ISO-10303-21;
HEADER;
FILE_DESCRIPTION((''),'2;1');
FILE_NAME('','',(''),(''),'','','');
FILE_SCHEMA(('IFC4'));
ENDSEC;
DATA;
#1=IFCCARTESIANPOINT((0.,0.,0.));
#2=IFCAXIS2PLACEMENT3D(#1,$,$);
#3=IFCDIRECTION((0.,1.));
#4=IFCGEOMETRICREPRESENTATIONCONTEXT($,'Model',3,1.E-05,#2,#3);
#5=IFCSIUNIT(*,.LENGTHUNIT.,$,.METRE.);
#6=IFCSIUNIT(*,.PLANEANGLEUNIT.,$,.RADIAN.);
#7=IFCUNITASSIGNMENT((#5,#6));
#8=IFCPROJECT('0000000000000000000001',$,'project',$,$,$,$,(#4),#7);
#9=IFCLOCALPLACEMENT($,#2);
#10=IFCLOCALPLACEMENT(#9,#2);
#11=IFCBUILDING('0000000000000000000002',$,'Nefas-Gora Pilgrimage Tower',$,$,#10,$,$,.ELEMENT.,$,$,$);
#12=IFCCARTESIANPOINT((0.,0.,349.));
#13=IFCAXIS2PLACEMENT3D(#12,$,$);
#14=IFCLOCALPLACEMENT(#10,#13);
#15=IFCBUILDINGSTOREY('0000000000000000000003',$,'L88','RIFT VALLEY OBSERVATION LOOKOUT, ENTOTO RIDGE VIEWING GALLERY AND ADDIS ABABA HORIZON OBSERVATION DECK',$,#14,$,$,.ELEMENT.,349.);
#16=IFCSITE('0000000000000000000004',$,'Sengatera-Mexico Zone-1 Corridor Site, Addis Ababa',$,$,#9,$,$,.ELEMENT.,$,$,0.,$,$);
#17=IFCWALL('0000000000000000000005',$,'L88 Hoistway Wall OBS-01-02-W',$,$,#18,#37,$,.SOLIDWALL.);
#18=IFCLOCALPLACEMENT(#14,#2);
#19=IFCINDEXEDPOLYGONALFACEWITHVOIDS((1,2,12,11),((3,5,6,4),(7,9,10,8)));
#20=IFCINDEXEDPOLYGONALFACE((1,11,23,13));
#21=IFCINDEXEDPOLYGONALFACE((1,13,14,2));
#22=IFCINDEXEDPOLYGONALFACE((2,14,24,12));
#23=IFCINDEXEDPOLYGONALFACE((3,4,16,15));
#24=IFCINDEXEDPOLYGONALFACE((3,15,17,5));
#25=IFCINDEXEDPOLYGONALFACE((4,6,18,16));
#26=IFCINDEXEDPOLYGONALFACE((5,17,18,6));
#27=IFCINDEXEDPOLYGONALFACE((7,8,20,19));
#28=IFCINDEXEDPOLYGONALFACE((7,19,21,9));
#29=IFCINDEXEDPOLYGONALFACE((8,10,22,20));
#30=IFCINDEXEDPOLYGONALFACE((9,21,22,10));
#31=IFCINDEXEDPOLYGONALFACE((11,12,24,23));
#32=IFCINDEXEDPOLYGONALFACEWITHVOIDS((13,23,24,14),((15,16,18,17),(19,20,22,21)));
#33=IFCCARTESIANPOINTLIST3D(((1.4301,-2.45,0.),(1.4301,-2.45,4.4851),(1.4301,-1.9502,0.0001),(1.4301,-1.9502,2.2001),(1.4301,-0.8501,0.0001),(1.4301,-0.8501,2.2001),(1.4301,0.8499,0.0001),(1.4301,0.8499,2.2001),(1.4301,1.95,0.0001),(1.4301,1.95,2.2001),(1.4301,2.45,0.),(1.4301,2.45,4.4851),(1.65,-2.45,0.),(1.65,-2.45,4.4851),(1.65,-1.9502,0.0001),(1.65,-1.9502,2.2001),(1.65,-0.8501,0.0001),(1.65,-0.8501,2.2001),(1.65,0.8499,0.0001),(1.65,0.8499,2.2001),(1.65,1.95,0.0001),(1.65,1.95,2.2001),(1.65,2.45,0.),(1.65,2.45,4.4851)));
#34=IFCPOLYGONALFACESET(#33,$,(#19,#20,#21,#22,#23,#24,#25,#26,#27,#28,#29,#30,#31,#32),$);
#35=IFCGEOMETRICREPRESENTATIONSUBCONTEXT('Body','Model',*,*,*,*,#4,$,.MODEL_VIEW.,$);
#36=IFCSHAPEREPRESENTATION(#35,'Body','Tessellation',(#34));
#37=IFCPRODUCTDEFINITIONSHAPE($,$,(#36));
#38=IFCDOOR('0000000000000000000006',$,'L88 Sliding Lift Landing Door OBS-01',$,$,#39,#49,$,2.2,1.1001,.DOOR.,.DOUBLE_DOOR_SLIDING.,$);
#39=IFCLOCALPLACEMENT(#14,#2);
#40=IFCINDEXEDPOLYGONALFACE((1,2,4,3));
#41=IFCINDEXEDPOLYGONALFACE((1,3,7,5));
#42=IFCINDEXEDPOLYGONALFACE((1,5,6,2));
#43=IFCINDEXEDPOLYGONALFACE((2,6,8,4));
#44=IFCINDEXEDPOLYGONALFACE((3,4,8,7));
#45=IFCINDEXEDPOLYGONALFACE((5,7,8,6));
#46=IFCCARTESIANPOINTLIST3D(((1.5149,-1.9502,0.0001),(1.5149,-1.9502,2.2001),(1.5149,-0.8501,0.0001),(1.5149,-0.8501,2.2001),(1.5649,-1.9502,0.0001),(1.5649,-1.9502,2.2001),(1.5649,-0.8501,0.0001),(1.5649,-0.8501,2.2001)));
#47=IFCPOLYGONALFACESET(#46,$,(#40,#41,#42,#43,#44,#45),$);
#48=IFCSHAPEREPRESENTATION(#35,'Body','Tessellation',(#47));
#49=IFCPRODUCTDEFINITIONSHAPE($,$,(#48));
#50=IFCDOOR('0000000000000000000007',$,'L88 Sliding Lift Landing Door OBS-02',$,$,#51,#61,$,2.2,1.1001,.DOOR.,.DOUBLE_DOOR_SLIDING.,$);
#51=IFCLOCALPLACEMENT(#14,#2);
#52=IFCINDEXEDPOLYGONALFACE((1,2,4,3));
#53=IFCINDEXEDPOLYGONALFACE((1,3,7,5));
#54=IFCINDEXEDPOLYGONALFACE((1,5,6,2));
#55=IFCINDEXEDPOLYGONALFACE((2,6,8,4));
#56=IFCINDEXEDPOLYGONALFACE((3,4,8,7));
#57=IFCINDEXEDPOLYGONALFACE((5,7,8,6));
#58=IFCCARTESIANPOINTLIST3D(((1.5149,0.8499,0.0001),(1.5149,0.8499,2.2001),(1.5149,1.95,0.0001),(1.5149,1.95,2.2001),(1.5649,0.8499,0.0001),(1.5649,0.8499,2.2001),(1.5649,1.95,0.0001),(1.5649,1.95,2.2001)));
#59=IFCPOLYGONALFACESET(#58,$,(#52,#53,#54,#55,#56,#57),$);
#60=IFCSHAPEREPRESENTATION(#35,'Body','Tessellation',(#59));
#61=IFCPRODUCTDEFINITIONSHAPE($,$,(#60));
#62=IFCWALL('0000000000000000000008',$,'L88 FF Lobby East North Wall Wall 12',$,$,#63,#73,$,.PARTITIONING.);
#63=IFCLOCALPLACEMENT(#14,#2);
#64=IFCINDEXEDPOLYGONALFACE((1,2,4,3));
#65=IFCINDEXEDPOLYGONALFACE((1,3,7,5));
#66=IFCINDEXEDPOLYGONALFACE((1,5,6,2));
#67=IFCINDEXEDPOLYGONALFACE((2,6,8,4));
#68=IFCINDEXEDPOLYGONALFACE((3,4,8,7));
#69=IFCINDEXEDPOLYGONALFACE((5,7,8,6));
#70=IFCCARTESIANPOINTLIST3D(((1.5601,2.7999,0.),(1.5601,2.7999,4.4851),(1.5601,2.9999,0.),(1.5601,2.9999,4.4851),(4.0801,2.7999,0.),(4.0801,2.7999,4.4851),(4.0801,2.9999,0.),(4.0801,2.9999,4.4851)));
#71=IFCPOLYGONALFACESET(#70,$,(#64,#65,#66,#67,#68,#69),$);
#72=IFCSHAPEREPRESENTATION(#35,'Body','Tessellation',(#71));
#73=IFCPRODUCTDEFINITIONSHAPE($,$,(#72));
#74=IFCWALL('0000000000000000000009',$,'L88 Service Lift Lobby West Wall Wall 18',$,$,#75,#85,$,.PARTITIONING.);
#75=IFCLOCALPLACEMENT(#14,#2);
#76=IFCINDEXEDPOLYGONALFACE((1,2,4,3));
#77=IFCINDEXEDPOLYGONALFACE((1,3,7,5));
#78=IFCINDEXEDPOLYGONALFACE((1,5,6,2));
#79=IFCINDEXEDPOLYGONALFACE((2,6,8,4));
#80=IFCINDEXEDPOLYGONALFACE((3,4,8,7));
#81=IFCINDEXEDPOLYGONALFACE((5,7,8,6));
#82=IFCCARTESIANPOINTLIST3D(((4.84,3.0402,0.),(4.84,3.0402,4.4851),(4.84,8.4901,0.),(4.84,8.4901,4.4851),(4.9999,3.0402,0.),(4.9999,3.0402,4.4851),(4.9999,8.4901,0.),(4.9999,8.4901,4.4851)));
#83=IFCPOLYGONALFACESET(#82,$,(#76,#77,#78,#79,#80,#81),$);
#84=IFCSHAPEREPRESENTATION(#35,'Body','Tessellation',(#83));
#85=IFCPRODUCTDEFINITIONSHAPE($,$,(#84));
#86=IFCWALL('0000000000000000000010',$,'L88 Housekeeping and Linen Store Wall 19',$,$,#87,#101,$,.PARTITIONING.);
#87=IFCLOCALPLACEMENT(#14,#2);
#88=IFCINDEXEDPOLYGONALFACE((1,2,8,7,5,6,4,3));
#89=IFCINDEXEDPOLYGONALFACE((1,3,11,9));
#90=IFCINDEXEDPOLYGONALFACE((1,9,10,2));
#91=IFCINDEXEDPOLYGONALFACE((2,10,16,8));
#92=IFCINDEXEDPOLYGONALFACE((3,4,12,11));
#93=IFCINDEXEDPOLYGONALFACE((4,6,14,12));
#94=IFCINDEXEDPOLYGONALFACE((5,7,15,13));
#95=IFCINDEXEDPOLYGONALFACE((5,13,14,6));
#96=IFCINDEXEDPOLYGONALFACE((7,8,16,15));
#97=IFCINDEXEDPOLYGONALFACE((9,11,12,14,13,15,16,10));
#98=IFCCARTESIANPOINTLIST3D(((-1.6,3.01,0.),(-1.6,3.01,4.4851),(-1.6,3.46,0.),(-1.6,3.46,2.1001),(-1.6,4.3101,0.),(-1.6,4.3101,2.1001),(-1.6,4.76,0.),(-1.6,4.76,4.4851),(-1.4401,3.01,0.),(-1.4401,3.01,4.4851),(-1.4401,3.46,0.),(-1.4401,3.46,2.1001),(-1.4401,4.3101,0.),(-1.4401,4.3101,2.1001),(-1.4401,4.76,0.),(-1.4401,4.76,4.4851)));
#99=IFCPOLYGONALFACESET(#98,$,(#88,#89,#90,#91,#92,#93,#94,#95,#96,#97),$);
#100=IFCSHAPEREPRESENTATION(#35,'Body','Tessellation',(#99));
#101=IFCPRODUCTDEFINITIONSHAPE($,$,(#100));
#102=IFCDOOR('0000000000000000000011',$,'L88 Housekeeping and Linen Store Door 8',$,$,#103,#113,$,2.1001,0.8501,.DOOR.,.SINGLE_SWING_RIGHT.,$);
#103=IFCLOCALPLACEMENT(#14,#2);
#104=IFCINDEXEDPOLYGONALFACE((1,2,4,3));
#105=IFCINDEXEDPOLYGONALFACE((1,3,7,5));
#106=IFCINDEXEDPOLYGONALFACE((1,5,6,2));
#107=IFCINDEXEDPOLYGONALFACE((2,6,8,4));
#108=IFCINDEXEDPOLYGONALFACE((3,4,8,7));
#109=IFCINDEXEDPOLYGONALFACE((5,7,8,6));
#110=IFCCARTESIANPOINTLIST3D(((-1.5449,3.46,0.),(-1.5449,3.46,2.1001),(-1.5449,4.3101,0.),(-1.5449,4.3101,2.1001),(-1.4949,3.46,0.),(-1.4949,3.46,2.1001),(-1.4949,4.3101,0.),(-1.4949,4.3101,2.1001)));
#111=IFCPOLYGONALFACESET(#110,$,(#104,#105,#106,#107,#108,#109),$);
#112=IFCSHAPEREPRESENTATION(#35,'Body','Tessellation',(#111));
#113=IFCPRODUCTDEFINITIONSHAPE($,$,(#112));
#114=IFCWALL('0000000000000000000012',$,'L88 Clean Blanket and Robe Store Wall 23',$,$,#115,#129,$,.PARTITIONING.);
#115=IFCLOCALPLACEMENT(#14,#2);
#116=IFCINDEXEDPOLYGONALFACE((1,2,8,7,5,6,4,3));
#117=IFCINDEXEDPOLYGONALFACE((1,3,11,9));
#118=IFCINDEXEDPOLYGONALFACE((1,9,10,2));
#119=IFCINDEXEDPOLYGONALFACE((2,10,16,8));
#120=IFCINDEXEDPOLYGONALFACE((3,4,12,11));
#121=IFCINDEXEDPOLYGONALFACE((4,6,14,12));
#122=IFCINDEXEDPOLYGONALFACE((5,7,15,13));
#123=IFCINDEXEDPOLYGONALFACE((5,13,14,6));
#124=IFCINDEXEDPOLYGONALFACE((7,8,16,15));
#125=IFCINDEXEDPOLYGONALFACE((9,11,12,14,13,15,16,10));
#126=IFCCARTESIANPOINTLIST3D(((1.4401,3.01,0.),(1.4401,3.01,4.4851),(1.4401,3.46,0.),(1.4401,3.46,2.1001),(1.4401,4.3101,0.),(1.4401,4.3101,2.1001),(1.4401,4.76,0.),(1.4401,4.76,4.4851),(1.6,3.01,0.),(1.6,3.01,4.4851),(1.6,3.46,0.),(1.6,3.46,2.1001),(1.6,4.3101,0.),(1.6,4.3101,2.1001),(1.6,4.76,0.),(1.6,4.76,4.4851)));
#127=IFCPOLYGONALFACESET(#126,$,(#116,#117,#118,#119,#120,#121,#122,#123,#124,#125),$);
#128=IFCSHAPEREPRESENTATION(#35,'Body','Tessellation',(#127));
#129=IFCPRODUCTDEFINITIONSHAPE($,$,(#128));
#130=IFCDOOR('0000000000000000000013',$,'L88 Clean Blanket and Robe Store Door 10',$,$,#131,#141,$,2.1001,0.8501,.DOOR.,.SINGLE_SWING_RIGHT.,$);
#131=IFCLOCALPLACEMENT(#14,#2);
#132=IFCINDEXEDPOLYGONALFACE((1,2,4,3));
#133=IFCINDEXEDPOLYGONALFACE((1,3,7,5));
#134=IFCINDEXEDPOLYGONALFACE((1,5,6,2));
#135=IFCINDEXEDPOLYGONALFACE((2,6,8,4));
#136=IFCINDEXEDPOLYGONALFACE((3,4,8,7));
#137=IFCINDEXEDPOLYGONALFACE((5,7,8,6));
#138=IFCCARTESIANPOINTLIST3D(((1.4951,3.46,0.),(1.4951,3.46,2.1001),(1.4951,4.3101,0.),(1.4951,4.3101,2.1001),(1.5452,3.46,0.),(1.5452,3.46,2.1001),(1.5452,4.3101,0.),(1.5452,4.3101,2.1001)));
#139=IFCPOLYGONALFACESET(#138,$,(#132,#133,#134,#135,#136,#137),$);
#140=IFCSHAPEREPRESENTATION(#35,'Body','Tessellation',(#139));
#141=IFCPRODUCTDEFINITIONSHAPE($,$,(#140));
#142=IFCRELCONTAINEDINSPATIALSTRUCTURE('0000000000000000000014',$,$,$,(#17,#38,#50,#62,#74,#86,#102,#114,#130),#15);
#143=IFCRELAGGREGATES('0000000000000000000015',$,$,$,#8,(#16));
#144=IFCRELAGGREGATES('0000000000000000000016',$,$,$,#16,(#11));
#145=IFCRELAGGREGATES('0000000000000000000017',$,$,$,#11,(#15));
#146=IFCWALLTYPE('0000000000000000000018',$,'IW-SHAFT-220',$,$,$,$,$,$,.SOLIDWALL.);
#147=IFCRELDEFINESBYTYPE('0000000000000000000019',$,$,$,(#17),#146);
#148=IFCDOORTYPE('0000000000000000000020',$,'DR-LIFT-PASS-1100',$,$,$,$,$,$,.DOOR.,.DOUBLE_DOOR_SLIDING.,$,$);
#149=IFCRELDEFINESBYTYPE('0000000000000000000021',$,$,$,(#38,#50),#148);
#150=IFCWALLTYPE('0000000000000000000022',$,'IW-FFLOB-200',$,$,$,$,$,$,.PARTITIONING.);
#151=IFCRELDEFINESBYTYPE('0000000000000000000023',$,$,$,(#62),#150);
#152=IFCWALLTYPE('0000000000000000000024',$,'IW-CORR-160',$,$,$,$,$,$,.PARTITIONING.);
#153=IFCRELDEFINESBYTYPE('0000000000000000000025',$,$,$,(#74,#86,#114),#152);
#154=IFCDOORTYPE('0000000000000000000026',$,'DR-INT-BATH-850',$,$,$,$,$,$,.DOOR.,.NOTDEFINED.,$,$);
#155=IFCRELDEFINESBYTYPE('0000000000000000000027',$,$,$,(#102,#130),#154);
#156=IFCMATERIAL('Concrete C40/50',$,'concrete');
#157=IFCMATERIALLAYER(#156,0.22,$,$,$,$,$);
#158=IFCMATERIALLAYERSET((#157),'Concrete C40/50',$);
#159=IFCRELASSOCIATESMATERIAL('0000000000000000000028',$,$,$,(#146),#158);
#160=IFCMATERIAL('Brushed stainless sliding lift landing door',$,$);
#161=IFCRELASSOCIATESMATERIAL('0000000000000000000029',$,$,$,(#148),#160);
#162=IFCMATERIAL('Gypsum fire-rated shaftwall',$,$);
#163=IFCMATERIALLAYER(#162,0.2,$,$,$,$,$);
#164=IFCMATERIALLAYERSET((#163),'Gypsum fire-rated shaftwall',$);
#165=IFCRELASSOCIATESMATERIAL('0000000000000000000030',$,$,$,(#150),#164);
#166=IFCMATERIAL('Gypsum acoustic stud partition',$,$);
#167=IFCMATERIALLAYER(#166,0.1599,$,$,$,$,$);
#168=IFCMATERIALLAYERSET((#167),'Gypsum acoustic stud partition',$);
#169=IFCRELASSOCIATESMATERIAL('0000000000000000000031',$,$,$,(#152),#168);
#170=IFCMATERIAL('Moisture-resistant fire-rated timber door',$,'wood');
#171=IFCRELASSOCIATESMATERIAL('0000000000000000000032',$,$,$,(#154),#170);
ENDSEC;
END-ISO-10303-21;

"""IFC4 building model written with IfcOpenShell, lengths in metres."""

from ifc_helpers import new_model, si_unit, direction, frame, frame_2d, origin, place, context, subcontext, project, spatial, rectangle, extrude, source, transform, mapped, material, layer, layer_set, type_object, element, fill, save


model = new_model("IFC4")

# Units and contexts
model_context = context("Model", 3, precision=1e-05, world=origin(), true_north=direction((0.0, 1.0)))
body_context = subcontext(model_context, "Body", "Model", "MODEL_VIEW")
ifc_project = project(units=[si_unit("LENGTHUNIT", "METRE"), si_unit("PLANEANGLEUNIT", "RADIAN")], contexts=[model_context])

# Site, building, storey
site_placement = place(None, origin())
site = spatial("IfcSite", under=ifc_project, at=site_placement, Name="Sengatera-Mexico Zone-1 Corridor Site, Addis Ababa", CompositionType="ELEMENT", RefElevation=0.0)
building_placement = place(site_placement, origin())
building = spatial("IfcBuilding", under=site, at=building_placement, Name="Nefas-Gora Pilgrimage Tower", CompositionType="ELEMENT")
storey_placement = place(building_placement, frame((0.0, 0.0, 349.0)))
storey = spatial("IfcBuildingStorey", under=building, at=storey_placement, Name="L88", Description="RIFT VALLEY OBSERVATION LOOKOUT, ENTOTO RIDGE VIEWING GALLERY AND ADDIS ABABA HORIZON OBSERVATION DECK", CompositionType="ELEMENT", Elevation=349.0)

# Shared definitions
ifc_material_1 = material(Name="Concrete C40/50", Category="concrete")

# Shared definitions
ifc_layer_1 = layer(ifc_material_1, 0.22)
ifc_layer_set_1 = layer_set([ifc_layer_1], Name="Concrete C40/50")
wall_type_1 = type_object("IfcWallType", Name="IW-SHAFT-220", PredefinedType="SOLIDWALL", material=ifc_layer_set_1)

# Wall, openings, doors
shared_shape_1 = source(origin(), body_context, "Body", "SweptSolid", [
    extrude(rectangle(XDim=4.8999, YDim=0.22, at=frame_2d((2.45, 0.0))), origin(), (0.0, 0.0, 1.0), 4.4851),
])
wall_1_placement = place(storey_placement, frame((1.54, 2.45, 0.0), z_axis=(0.0, 0.0, 1.0), x_axis=(0.0, -1.0, 0.0)))
wall_1 = element("IfcWall", 1, at=wall_1_placement, inside=storey, type_object=wall_type_1, Name="L88 Hoistway Wall OBS-01-02-W", PredefinedType="SOLIDWALL", context=body_context, shape_type="MappedRepresentation", body=[
    mapped(shared_shape_1, transform((0.0, 0.0, 0.0), x_axis=(1.0, 0.0, 0.0), y_axis=(0.0, 1.0, 0.0), z_axis=(0.0, 0.0, 1.0), scale=1.0)),
])
opening_1_placement = place(wall_1_placement, frame((3.3, 0.0, 0.0)))
opening_1 = element("IfcOpeningElement", 2, at=opening_1_placement, cuts=wall_1, PredefinedType="OPENING", context=body_context, shape_type="SweptSolid", body=[
    extrude(rectangle(XDim=1.1001, YDim=2.2, at=frame_2d((0.55, 1.1001))), frame((0.0, 0.1199, 0.0), z_axis=(0.0, -1.0, 0.0), x_axis=(1.0, 0.0, 0.0)), (0.0, 0.0, 1.0), 0.24),
])
opening_2_placement = place(wall_1_placement, frame((0.5, 0.0, 0.0)))
opening_2 = element("IfcOpeningElement", 3, at=opening_2_placement, cuts=wall_1, PredefinedType="OPENING", context=body_context, shape_type="SweptSolid", body=[
    extrude(rectangle(XDim=1.1001, YDim=2.2, at=frame_2d((0.55, 1.1001))), frame((0.0, 0.1199, 0.0), z_axis=(0.0, -1.0, 0.0), x_axis=(1.0, 0.0, 0.0)), (0.0, 0.0, 1.0), 0.24),
])
ifc_material_2 = material(Name="Brushed stainless sliding lift landing door")
door_type_1 = type_object("IfcDoorType", Name="DR-LIFT-PASS-1100", OperationType="DOUBLE_DOOR_SLIDING", PredefinedType="DOOR", material=ifc_material_2)
shared_shape_2 = source(origin(), body_context, "Body", "SweptSolid", [
    extrude(rectangle(XDim=1.1001, YDim=2.2, at=frame_2d((0.55, 1.1001))), frame((0.0, 0.0249, 0.0), z_axis=(0.0, -1.0, 0.0), x_axis=(1.0, 0.0, 0.0)), (0.0, 0.0, 1.0), 0.05),
])
door_1_placement = place(opening_1_placement, origin())
door_1 = element("IfcDoor", 4, at=door_1_placement, inside=storey, type_object=door_type_1, Name="L88 Sliding Lift Landing Door OBS-01", OperationType="DOUBLE_DOOR_SLIDING", OverallHeight=2.2, OverallWidth=1.1001, PredefinedType="DOOR", context=body_context, shape_type="MappedRepresentation", body=[
    mapped(shared_shape_2, transform((0.0, 0.0, 0.0), x_axis=(1.0, 0.0, 0.0), y_axis=(0.0, 1.0, 0.0), z_axis=(0.0, 0.0, 1.0), scale=1.0)),
])
fill(opening_1, door_1)
door_2_placement = place(opening_2_placement, origin())
door_2 = element("IfcDoor", 5, at=door_2_placement, inside=storey, type_object=door_type_1, Name="L88 Sliding Lift Landing Door OBS-02", OperationType="DOUBLE_DOOR_SLIDING", OverallHeight=2.2, OverallWidth=1.1001, PredefinedType="DOOR", context=body_context, shape_type="MappedRepresentation", body=[
    mapped(shared_shape_2, transform((0.0, 0.0, 0.0), x_axis=(1.0, 0.0, 0.0), y_axis=(0.0, 1.0, 0.0), z_axis=(0.0, 0.0, 1.0), scale=1.0)),
])
fill(opening_2, door_2)

# Wall
ifc_material_3 = material(Name="Gypsum fire-rated shaftwall")
ifc_layer_2 = layer(ifc_material_3, 0.2)
ifc_layer_set_2 = layer_set([ifc_layer_2], Name="Gypsum fire-rated shaftwall")
wall_type_2 = type_object("IfcWallType", Name="IW-FFLOB-200", PredefinedType="PARTITIONING", material=ifc_layer_set_2)
shared_shape_3 = source(origin(), body_context, "Body", "SweptSolid", [
    extrude(rectangle(XDim=2.52, YDim=0.2, at=frame_2d((1.26, 0.0))), origin(), (0.0, 0.0, 1.0), 4.4851),
])
wall_2_placement = place(storey_placement, frame((1.5601, 2.8999, 0.0), z_axis=(0.0, 0.0, 1.0), x_axis=(1.0, 0.0, 0.0)))
element("IfcWall", 6, at=wall_2_placement, inside=storey, type_object=wall_type_2, Name="L88 FF Lobby East North Wall Wall 12", PredefinedType="PARTITIONING", context=body_context, shape_type="MappedRepresentation", body=[
    mapped(shared_shape_3, transform((0.0, 0.0, 0.0), x_axis=(1.0, 0.0, 0.0), y_axis=(0.0, 1.0, 0.0), z_axis=(0.0, 0.0, 1.0), scale=1.0)),
])

# Wall
ifc_material_4 = material(Name="Gypsum acoustic stud partition")
ifc_layer_3 = layer(ifc_material_4, 0.1599)
ifc_layer_set_3 = layer_set([ifc_layer_3], Name="Gypsum acoustic stud partition")
wall_type_3 = type_object("IfcWallType", Name="IW-CORR-160", PredefinedType="PARTITIONING", material=ifc_layer_set_3)
shared_shape_4 = source(origin(), body_context, "Body", "SweptSolid", [
    extrude(rectangle(XDim=5.45, YDim=0.1599, at=frame_2d((2.7251, 0.0))), origin(), (0.0, 0.0, 1.0), 4.4851),
])
wall_3_placement = place(storey_placement, frame((4.9199, 3.04, 0.0), z_axis=(0.0, 0.0, 1.0), x_axis=(0.0, 1.0, 0.0)))
element("IfcWall", 7, at=wall_3_placement, inside=storey, type_object=wall_type_3, Name="L88 Service Lift Lobby West Wall Wall 18", PredefinedType="PARTITIONING", context=body_context, shape_type="MappedRepresentation", body=[
    mapped(shared_shape_4, transform((0.0, 0.0, 0.0), x_axis=(1.0, 0.0, 0.0), y_axis=(0.0, 1.0, 0.0), z_axis=(0.0, 0.0, 1.0), scale=1.0)),
])

# Walls, openings, doors
shared_shape_5 = source(origin(), body_context, "Body", "SweptSolid", [
    extrude(rectangle(XDim=1.75, YDim=0.1599, at=frame_2d((0.875, 0.0))), origin(), (0.0, 0.0, 1.0), 4.4851),
])
wall_4_placement = place(storey_placement, frame((-1.52, 3.01, 0.0), z_axis=(0.0, 0.0, 1.0), x_axis=(0.0, 1.0, 0.0)))
wall_4 = element("IfcWall", 8, at=wall_4_placement, inside=storey, type_object=wall_type_3, Name="L88 Housekeeping and Linen Store Wall 19", PredefinedType="PARTITIONING", context=body_context, shape_type="MappedRepresentation", body=[
    mapped(shared_shape_5, transform((0.0, 0.0, 0.0), x_axis=(1.0, 0.0, 0.0), y_axis=(0.0, 1.0, 0.0), z_axis=(0.0, 0.0, 1.0), scale=1.0)),
])
opening_3_placement = place(wall_4_placement, frame((0.45, 0.0, 0.0)))
opening_3 = element("IfcOpeningElement", 9, at=opening_3_placement, cuts=wall_4, PredefinedType="OPENING", context=body_context, shape_type="SweptSolid", body=[
    extrude(rectangle(XDim=0.8501, YDim=2.1001, at=frame_2d((0.425, 1.05))), frame((0.0, 0.0898, 0.0), z_axis=(0.0, -1.0, 0.0), x_axis=(1.0, 0.0, 0.0)), (0.0, 0.0, 1.0), 0.1799),
])
ifc_material_5 = material(Name="Moisture-resistant fire-rated timber door", Category="wood")
door_type_2 = type_object("IfcDoorType", Name="DR-INT-BATH-850", OperationType="NOTDEFINED", PredefinedType="DOOR", material=ifc_material_5)
shared_shape_6 = source(origin(), body_context, "Body", "SweptSolid", [
    extrude(rectangle(XDim=0.8501, YDim=2.1001, at=frame_2d((0.425, 1.05))), frame((0.0, 0.0249, 0.0), z_axis=(0.0, -1.0, 0.0), x_axis=(1.0, 0.0, 0.0)), (0.0, 0.0, 1.0), 0.05),
])
door_3_placement = place(opening_3_placement, origin())
door_3 = element("IfcDoor", 10, at=door_3_placement, inside=storey, type_object=door_type_2, Name="L88 Housekeeping and Linen Store Door 8", OperationType="SINGLE_SWING_RIGHT", OverallHeight=2.1001, OverallWidth=0.8501, PredefinedType="DOOR", context=body_context, shape_type="MappedRepresentation", body=[
    mapped(shared_shape_6, transform((0.0, 0.0, 0.0), x_axis=(1.0, 0.0, 0.0), y_axis=(0.0, 1.0, 0.0), z_axis=(0.0, 0.0, 1.0), scale=1.0)),
])
fill(opening_3, door_3)
wall_5_placement = place(storey_placement, frame((1.52, 3.01, 0.0), z_axis=(0.0, 0.0, 1.0), x_axis=(0.0, 1.0, 0.0)))
wall_5 = element("IfcWall", 11, at=wall_5_placement, inside=storey, type_object=wall_type_3, Name="L88 Clean Blanket and Robe Store Wall 23", PredefinedType="PARTITIONING", context=body_context, shape_type="MappedRepresentation", body=[
    mapped(shared_shape_5, transform((0.0, 0.0, 0.0), x_axis=(1.0, 0.0, 0.0), y_axis=(0.0, 1.0, 0.0), z_axis=(0.0, 0.0, 1.0), scale=1.0)),
])
opening_4_placement = place(wall_5_placement, frame((0.45, 0.0, 0.0)))
opening_4 = element("IfcOpeningElement", 12, at=opening_4_placement, cuts=wall_5, PredefinedType="OPENING", context=body_context, shape_type="SweptSolid", body=[
    extrude(rectangle(XDim=0.8501, YDim=2.1001, at=frame_2d((0.425, 1.05))), frame((0.0, 0.0898, 0.0), z_axis=(0.0, -1.0, 0.0), x_axis=(1.0, 0.0, 0.0)), (0.0, 0.0, 1.0), 0.1799),
])
door_4_placement = place(opening_4_placement, origin())
door_4 = element("IfcDoor", 13, at=door_4_placement, inside=storey, type_object=door_type_2, Name="L88 Clean Blanket and Robe Store Door 10", OperationType="SINGLE_SWING_RIGHT", OverallHeight=2.1001, OverallWidth=0.8501, PredefinedType="DOOR", context=body_context, shape_type="MappedRepresentation", body=[
    mapped(shared_shape_6, transform((0.0, 0.0, 0.0), x_axis=(1.0, 0.0, 0.0), y_axis=(0.0, 1.0, 0.0), z_axis=(0.0, 0.0, 1.0), scale=1.0)),
])
fill(opening_4, door_4)

save(model, "model.ifc")
